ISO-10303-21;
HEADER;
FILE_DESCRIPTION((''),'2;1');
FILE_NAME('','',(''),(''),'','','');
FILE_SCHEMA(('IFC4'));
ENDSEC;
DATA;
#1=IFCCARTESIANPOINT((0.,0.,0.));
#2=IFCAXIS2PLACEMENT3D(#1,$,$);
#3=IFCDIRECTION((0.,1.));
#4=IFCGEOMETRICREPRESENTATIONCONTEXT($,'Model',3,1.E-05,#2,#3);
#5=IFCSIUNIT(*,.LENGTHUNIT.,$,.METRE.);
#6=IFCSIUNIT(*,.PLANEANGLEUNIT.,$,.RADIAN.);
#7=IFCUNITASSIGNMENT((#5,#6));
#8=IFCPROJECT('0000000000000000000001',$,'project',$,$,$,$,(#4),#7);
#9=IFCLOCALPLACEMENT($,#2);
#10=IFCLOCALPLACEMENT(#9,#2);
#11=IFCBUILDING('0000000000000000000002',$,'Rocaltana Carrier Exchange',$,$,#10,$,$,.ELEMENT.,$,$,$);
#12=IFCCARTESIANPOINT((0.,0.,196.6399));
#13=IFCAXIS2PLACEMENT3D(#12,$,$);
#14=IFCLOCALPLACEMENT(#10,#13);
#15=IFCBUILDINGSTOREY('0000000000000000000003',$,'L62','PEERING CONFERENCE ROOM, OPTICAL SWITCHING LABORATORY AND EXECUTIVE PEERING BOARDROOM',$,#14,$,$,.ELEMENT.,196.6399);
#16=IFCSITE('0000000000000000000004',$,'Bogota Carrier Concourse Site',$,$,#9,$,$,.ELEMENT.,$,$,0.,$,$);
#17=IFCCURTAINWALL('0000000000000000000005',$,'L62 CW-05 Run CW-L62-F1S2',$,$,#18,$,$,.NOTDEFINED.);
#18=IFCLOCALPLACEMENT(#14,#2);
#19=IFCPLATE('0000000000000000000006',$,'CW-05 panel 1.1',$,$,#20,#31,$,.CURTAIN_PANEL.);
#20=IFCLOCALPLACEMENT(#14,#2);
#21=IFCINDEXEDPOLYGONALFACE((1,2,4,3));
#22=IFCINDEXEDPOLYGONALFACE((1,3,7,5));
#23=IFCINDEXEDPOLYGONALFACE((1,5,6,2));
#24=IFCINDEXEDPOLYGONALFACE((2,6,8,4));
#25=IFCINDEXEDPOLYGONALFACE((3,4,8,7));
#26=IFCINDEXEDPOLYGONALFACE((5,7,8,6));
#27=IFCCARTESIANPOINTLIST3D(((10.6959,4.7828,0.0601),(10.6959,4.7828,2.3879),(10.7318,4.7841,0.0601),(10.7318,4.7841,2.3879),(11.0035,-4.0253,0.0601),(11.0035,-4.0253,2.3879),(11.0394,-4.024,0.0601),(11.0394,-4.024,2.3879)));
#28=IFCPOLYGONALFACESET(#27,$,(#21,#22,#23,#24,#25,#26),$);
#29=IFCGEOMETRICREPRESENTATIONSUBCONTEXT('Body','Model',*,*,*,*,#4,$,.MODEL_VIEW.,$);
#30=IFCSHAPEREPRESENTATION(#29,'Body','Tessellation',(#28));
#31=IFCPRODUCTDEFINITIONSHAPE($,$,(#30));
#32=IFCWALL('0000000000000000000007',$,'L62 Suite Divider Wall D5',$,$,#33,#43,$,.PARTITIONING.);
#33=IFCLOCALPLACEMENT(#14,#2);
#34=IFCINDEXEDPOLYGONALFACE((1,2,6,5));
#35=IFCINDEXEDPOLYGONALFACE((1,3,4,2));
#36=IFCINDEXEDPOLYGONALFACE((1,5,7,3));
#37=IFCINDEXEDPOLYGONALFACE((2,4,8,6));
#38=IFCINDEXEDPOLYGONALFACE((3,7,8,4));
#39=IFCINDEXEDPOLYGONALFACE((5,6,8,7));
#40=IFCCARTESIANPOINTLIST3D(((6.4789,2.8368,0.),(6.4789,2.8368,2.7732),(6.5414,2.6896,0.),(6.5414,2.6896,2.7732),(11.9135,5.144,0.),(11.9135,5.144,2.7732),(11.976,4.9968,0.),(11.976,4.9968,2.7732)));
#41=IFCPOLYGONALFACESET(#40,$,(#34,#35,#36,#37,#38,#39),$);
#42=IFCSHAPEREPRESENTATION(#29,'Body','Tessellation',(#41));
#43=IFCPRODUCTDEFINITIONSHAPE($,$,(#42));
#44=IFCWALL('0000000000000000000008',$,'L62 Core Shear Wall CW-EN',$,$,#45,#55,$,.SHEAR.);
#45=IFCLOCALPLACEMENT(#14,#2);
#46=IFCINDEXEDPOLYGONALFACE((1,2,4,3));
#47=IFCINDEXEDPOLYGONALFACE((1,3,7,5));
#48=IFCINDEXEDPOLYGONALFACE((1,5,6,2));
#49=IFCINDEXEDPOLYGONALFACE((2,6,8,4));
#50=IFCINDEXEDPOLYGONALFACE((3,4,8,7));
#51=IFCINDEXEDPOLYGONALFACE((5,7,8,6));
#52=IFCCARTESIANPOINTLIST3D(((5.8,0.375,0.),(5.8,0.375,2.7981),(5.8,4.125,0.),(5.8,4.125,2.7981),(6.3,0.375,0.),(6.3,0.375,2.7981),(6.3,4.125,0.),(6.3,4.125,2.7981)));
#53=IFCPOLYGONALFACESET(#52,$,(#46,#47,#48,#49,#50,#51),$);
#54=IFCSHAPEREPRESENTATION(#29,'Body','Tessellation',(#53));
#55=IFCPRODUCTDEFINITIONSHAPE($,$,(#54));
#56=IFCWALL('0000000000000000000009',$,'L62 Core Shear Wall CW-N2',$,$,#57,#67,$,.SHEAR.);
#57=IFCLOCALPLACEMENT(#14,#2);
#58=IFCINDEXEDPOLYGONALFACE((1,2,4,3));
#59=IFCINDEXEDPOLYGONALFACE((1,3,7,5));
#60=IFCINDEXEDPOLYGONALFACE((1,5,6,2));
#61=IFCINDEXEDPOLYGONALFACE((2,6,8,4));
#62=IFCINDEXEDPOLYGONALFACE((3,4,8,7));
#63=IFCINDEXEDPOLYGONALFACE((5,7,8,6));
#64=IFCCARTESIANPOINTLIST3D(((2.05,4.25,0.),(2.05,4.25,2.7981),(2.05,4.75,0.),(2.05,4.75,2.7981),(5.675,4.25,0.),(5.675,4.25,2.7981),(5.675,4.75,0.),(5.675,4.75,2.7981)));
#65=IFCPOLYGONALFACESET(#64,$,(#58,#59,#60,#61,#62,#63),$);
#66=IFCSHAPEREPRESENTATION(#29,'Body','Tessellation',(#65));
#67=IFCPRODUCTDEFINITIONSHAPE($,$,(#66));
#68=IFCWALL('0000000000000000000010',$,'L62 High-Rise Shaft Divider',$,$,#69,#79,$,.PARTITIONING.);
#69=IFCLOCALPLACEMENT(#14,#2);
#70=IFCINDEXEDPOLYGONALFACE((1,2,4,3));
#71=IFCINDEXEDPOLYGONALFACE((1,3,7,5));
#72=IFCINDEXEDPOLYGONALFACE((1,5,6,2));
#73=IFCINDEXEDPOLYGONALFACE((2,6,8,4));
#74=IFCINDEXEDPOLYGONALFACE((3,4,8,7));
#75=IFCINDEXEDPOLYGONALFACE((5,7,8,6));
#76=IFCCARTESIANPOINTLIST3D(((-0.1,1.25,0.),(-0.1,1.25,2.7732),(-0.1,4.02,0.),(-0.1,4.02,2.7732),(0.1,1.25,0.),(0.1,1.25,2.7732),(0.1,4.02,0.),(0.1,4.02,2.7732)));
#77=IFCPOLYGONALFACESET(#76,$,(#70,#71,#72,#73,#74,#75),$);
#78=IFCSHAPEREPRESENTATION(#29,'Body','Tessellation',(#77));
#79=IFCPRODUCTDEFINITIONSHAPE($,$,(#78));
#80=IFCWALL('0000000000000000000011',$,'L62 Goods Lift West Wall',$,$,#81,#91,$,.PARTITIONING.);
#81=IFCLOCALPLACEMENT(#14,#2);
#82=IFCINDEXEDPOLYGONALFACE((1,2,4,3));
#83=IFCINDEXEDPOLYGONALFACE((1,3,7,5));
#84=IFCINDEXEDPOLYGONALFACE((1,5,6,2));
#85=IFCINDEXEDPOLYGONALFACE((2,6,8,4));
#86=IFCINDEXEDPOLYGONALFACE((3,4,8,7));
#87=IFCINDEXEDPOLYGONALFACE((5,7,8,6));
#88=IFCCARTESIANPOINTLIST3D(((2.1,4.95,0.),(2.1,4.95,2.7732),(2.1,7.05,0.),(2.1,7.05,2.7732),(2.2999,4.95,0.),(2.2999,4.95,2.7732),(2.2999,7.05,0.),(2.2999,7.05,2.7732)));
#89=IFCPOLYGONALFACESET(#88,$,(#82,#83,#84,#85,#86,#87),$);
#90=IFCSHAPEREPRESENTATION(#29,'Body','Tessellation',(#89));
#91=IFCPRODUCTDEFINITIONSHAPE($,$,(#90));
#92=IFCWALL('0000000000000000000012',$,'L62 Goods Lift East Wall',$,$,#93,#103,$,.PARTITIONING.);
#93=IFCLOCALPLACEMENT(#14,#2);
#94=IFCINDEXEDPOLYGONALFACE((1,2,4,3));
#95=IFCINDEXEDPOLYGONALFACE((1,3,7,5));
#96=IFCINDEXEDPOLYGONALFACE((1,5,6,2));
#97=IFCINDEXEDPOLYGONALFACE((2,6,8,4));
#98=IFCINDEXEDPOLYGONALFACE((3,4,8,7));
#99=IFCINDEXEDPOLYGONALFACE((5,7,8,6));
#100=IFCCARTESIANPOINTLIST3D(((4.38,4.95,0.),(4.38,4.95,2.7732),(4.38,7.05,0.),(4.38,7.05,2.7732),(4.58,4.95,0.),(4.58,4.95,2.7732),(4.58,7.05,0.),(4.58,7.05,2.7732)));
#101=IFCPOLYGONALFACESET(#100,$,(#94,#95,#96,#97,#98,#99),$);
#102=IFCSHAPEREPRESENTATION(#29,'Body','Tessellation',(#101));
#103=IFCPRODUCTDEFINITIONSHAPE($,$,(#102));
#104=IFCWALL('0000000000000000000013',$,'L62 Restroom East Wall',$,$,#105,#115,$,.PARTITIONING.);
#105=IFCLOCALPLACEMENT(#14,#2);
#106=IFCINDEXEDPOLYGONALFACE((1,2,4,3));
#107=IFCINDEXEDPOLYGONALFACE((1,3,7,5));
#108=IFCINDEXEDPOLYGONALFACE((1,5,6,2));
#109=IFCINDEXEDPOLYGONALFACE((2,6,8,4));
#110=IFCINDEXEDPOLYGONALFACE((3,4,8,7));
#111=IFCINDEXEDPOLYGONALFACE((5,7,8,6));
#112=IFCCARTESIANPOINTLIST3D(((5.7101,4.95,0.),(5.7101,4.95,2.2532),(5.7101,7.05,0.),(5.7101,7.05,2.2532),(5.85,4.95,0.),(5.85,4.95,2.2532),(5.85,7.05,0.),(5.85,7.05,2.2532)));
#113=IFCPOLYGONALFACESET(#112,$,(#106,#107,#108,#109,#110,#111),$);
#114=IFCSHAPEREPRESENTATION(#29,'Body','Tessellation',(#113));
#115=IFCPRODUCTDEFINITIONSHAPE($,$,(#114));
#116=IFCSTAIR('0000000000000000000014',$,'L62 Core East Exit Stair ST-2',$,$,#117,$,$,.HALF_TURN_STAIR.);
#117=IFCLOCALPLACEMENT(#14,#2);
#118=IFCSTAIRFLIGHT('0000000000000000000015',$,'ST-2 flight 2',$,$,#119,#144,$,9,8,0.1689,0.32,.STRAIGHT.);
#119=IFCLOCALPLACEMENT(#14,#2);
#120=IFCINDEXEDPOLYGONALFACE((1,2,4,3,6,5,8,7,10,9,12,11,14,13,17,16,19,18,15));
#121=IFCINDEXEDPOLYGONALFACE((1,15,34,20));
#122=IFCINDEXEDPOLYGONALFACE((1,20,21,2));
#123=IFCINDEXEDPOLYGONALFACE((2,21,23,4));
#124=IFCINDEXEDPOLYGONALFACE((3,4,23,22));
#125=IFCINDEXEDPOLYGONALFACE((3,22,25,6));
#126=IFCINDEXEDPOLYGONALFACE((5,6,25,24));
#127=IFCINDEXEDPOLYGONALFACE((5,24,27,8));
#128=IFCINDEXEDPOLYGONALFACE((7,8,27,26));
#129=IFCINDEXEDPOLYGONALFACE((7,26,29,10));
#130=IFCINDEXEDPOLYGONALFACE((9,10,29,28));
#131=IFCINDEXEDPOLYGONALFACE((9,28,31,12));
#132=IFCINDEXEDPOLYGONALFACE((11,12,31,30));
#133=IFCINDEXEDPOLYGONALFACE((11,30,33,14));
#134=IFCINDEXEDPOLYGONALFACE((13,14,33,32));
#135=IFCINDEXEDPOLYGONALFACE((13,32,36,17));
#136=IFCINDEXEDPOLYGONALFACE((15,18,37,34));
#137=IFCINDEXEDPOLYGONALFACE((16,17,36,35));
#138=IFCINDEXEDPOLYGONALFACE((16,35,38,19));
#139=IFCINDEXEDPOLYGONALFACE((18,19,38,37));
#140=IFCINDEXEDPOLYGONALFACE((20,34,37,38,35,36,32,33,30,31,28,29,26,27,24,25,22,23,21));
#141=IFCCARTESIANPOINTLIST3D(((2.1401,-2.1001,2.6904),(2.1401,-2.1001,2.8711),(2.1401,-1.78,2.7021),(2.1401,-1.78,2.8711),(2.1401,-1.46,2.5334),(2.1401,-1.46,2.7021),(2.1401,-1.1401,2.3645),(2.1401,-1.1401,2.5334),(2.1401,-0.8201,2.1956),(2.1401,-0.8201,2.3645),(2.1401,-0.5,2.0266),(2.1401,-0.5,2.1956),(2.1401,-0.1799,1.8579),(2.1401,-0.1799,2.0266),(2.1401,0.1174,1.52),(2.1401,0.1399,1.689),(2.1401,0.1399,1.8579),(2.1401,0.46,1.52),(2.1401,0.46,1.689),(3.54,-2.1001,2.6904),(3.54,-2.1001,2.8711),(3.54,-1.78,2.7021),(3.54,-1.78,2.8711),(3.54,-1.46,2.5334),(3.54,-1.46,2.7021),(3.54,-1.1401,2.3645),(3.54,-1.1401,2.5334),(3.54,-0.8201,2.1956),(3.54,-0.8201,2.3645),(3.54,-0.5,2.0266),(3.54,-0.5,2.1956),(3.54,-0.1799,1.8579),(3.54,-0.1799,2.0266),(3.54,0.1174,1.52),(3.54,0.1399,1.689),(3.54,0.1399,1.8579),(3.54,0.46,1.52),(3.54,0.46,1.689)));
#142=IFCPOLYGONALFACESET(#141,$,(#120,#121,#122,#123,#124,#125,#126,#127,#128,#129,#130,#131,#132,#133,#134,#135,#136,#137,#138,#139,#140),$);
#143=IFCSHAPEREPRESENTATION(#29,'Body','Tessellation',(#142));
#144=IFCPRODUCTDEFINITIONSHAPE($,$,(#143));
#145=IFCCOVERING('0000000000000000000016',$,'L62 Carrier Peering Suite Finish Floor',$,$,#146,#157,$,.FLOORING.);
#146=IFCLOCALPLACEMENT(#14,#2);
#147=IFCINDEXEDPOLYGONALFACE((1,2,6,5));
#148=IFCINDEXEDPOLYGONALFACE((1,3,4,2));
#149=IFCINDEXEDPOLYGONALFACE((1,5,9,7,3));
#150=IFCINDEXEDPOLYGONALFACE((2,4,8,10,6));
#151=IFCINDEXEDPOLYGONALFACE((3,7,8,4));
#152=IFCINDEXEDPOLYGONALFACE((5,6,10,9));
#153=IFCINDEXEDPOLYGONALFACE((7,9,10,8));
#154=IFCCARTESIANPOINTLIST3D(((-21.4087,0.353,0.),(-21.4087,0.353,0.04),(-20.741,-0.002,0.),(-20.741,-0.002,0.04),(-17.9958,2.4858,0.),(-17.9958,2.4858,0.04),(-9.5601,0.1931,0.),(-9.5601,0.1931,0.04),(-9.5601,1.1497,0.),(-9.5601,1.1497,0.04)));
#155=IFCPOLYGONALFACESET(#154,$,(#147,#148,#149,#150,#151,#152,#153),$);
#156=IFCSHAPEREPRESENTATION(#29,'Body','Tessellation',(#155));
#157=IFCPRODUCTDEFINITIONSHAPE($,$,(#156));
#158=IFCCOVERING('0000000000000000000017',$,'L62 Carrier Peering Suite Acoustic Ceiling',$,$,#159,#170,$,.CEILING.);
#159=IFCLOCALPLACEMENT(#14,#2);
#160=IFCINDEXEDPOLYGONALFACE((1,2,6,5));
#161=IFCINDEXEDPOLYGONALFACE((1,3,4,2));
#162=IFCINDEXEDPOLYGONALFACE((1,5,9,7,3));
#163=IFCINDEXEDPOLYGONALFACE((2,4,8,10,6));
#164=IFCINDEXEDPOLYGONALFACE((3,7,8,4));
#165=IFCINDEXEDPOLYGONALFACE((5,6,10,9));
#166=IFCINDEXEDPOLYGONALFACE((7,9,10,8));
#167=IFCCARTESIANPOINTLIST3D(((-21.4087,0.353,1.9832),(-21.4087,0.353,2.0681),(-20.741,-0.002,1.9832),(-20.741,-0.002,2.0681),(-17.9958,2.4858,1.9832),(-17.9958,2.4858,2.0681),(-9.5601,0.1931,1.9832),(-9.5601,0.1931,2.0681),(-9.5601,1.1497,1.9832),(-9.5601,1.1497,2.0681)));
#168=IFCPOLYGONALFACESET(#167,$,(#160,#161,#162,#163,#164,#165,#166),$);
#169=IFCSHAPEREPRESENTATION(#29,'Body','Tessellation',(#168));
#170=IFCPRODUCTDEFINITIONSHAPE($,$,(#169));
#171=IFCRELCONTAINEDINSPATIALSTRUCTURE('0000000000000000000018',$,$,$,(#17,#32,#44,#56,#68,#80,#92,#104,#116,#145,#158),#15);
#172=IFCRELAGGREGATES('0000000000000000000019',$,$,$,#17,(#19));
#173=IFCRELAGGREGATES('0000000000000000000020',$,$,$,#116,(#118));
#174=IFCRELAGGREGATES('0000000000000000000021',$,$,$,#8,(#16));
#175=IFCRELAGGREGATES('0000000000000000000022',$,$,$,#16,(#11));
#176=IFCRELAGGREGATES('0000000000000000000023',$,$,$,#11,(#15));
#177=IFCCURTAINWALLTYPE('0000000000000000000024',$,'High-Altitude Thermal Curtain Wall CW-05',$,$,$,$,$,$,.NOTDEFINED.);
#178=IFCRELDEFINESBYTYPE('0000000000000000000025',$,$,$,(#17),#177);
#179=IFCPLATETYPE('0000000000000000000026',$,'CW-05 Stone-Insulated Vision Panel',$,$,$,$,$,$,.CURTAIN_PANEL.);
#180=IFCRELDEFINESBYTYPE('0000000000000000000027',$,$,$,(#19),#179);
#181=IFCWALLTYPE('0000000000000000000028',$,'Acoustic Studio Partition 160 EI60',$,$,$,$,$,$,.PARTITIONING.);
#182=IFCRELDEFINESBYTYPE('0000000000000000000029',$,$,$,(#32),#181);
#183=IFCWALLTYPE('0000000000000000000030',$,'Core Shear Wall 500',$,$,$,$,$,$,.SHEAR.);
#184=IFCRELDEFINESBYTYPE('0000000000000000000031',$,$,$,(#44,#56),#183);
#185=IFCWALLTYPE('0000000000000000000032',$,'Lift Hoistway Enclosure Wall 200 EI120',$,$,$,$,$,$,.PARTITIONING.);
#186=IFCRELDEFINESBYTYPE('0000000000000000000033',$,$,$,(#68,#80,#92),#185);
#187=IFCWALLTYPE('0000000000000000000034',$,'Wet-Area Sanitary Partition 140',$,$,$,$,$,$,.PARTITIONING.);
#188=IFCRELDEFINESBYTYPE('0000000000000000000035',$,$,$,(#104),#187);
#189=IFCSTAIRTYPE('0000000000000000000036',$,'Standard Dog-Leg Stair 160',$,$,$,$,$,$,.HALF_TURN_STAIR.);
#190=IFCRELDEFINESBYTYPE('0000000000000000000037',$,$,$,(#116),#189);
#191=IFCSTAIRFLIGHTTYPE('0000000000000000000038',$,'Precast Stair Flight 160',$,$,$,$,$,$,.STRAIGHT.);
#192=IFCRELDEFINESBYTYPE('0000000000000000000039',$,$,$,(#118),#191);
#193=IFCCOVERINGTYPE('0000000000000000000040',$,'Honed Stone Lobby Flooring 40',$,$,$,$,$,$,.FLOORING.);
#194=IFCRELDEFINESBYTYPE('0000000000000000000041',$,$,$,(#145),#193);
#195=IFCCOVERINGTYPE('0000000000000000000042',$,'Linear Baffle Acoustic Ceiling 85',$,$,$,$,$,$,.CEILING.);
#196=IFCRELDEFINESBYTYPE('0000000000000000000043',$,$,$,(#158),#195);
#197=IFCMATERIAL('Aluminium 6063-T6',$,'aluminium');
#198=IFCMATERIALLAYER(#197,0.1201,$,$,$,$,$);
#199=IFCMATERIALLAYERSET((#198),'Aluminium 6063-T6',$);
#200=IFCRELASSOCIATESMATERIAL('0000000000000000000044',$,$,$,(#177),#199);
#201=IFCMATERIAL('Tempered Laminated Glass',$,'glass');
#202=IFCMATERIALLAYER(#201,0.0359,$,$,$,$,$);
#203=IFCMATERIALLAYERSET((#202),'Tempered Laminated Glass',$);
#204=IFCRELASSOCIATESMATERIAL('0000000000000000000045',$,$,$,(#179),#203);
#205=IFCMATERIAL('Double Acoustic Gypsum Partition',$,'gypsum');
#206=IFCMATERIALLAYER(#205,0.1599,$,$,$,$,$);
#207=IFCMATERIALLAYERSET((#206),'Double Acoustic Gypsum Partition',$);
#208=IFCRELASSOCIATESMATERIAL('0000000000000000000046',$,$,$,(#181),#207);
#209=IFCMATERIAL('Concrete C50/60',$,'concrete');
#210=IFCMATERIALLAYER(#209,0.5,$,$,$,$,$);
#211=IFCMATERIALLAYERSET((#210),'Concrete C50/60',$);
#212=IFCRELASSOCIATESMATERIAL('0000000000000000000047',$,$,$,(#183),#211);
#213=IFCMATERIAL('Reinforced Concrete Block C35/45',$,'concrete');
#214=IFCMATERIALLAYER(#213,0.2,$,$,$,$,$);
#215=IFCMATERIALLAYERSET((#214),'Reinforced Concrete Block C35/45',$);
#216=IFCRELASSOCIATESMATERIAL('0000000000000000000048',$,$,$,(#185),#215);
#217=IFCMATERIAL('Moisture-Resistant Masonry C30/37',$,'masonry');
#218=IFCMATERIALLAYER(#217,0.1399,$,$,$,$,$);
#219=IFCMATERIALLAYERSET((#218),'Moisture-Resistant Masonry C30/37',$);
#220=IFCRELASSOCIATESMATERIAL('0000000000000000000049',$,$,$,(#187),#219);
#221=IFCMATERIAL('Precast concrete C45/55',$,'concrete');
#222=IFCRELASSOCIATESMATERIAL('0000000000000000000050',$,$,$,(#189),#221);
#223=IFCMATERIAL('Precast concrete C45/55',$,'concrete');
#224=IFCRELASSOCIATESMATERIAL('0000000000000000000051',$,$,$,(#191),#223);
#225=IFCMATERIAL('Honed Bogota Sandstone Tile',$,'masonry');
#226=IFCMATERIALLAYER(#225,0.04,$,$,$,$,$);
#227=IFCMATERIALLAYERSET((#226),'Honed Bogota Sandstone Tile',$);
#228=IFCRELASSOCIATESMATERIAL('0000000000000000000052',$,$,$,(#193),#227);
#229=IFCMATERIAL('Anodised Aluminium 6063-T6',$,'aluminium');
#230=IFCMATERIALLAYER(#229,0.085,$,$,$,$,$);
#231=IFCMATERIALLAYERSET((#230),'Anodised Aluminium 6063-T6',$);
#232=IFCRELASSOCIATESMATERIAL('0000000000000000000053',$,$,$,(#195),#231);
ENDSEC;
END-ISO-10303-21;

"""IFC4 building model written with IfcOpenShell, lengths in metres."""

from ifc_helpers import new_model, si_unit, direction, frame, frame_2d, origin, origin_2d, place, context, subcontext, project, spatial, polyline, rectangle, outline, extrude, material, layer, layer_set, type_object, element, aggregate, save


model = new_model("IFC4")

# Units and contexts
model_context = context("Model", 3, precision=1e-05, world=origin(), true_north=direction((0.0, 1.0)))
body_context = subcontext(model_context, "Body", "Model", "MODEL_VIEW")
ifc_project = project(units=[si_unit("LENGTHUNIT", "METRE"), si_unit("PLANEANGLEUNIT", "RADIAN")], contexts=[model_context])

# Site, building, storey
site_placement = place(None, origin())
site = spatial("IfcSite", under=ifc_project, at=site_placement, Name="Bogota Carrier Concourse Site", CompositionType="ELEMENT", RefElevation=0.0)
building_placement = place(site_placement, origin())
building = spatial("IfcBuilding", under=site, at=building_placement, Name="Rocaltana Carrier Exchange", CompositionType="ELEMENT")
storey_placement = place(building_placement, frame((0.0, 0.0, 196.6399)))
storey = spatial("IfcBuildingStorey", under=building, at=storey_placement, Name="L62", Description="PEERING CONFERENCE ROOM, OPTICAL SWITCHING LABORATORY AND EXECUTIVE PEERING BOARDROOM", CompositionType="ELEMENT", Elevation=196.6399)

# Curtain wall
ifc_material_1 = material(Name="Aluminium 6063-T6", Category="aluminium")
ifc_layer_1 = layer(ifc_material_1, 0.1201)
ifc_layer_set_1 = layer_set([ifc_layer_1], Name="Aluminium 6063-T6")
curtain_wall_type = type_object("IfcCurtainWallType", Name="High-Altitude Thermal Curtain Wall CW-05", PredefinedType="NOTDEFINED", material=ifc_layer_set_1)
curtain_wall_placement = place(storey_placement, origin())
curtain_wall = element("IfcCurtainWall", 1, at=curtain_wall_placement, inside=storey, type_object=curtain_wall_type, Name="L62 CW-05 Run CW-L62-F1S2", PredefinedType="NOTDEFINED")

# Plate
ifc_material_2 = material(Name="Tempered Laminated Glass", Category="glass")
ifc_layer_2 = layer(ifc_material_2, 0.0359)
ifc_layer_set_2 = layer_set([ifc_layer_2], Name="Tempered Laminated Glass")
plate_type = type_object("IfcPlateType", Name="CW-05 Stone-Insulated Vision Panel", PredefinedType="CURTAIN_PANEL", material=ifc_layer_set_2)
plate_placement = place(storey_placement, frame((10.8677, 0.3794, 0.0601), z_axis=(0.0, 0.0, 1.0), x_axis=(-0.034903, 0.999391, 0.0)))
plate = element("IfcPlate", 2, at=plate_placement, type_object=plate_type, Name="CW-05 panel 1.1", PredefinedType="CURTAIN_PANEL", context=body_context, shape_type="SweptSolid", body=[
    extrude(rectangle(XDim=8.8135, YDim=0.0359, at=origin_2d()), origin(), (0.0, 0.0, 1.0), 2.3279),
])
aggregate(curtain_wall, [plate])

# Walls
ifc_material_3 = material(Name="Double Acoustic Gypsum Partition", Category="gypsum")
ifc_layer_3 = layer(ifc_material_3, 0.1599)
ifc_layer_set_3 = layer_set([ifc_layer_3], Name="Double Acoustic Gypsum Partition")
wall_type_1 = type_object("IfcWallType", Name="Acoustic Studio Partition 160 EI60", PredefinedType="PARTITIONING", material=ifc_layer_set_3)
wall_1_placement = place(storey_placement, frame((6.51, 2.7632, 0.0), z_axis=(0.0, 0.0, 1.0), x_axis=(0.920487, 0.390773, 0.0)))
element("IfcWall", 3, at=wall_1_placement, inside=storey, type_object=wall_type_1, Name="L62 Suite Divider Wall D5", PredefinedType="PARTITIONING", context=body_context, shape_type="SweptSolid", body=[
    extrude(rectangle(XDim=5.9041, YDim=0.1599, at=frame_2d((2.9521, 0.0))), origin(), (0.0, 0.0, 1.0), 2.7732),
])
ifc_material_4 = material(Name="Concrete C50/60", Category="concrete")
ifc_layer_4 = layer(ifc_material_4, 0.5)
ifc_layer_set_4 = layer_set([ifc_layer_4], Name="Concrete C50/60")
wall_type_2 = type_object("IfcWallType", Name="Core Shear Wall 500", PredefinedType="SHEAR", material=ifc_layer_set_4)
wall_2_placement = place(storey_placement, frame((6.05, 0.375, 0.0), z_axis=(0.0, 0.0, 1.0), x_axis=(0.0, 1.0, 0.0)))
element("IfcWall", 4, at=wall_2_placement, inside=storey, type_object=wall_type_2, Name="L62 Core Shear Wall CW-EN", PredefinedType="SHEAR", context=body_context, shape_type="SweptSolid", body=[
    extrude(rectangle(XDim=3.75, YDim=0.5, at=frame_2d((1.875, 0.0))), origin(), (0.0, 0.0, 1.0), 2.7981),
])
wall_3_placement = place(storey_placement, frame((2.05, 4.5, 0.0), z_axis=(0.0, 0.0, 1.0), x_axis=(1.0, 0.0, 0.0)))
element("IfcWall", 5, at=wall_3_placement, inside=storey, type_object=wall_type_2, Name="L62 Core Shear Wall CW-N2", PredefinedType="SHEAR", context=body_context, shape_type="SweptSolid", body=[
    extrude(rectangle(XDim=3.625, YDim=0.5, at=frame_2d((1.8125, 0.0))), origin(), (0.0, 0.0, 1.0), 2.7981),
])
ifc_material_5 = material(Name="Reinforced Concrete Block C35/45", Category="concrete")
ifc_layer_5 = layer(ifc_material_5, 0.2)
ifc_layer_set_5 = layer_set([ifc_layer_5], Name="Reinforced Concrete Block C35/45")
wall_type_3 = type_object("IfcWallType", Name="Lift Hoistway Enclosure Wall 200 EI120", PredefinedType="PARTITIONING", material=ifc_layer_set_5)
wall_4_placement = place(storey_placement, frame((0.0, 1.25, 0.0), z_axis=(0.0, 0.0, 1.0), x_axis=(0.0, 1.0, 0.0)))
element("IfcWall", 6, at=wall_4_placement, inside=storey, type_object=wall_type_3, Name="L62 High-Rise Shaft Divider", PredefinedType="PARTITIONING", context=body_context, shape_type="SweptSolid", body=[
    extrude(rectangle(XDim=2.77, YDim=0.2, at=frame_2d((1.385, 0.0))), origin(), (0.0, 0.0, 1.0), 2.7732),
])
for number, where, z_axis, x_axis, name in (
    (7, (2.2, 4.95, 0.0), (0.0, 0.0, 1.0), (0.0, 1.0, 0.0), "L62 Goods Lift West Wall"),
    (8, (4.48, 4.95, 0.0), (0.0, 0.0, 1.0), (0.0, 1.0, 0.0), "L62 Goods Lift East Wall"),
):
    element("IfcWall", number, at=place(storey_placement, frame(where, z_axis=z_axis, x_axis=x_axis)), inside=storey, type_object=wall_type_3, Name=name, PredefinedType="PARTITIONING", context=body_context, shape_type="SweptSolid", body=[
        extrude(rectangle(XDim=2.1001, YDim=0.2, at=frame_2d((1.05, 0.0))), origin(), (0.0, 0.0, 1.0), 2.7732),
    ])
ifc_material_6 = material(Name="Moisture-Resistant Masonry C30/37", Category="masonry")
ifc_layer_6 = layer(ifc_material_6, 0.1399)
ifc_layer_set_6 = layer_set([ifc_layer_6], Name="Moisture-Resistant Masonry C30/37")
wall_type_4 = type_object("IfcWallType", Name="Wet-Area Sanitary Partition 140", PredefinedType="PARTITIONING", material=ifc_layer_set_6)
wall_5_placement = place(storey_placement, frame((5.78, 4.95, 0.0), z_axis=(0.0, 0.0, 1.0), x_axis=(0.0, 1.0, 0.0)))
element("IfcWall", 9, at=wall_5_placement, inside=storey, type_object=wall_type_4, Name="L62 Restroom East Wall", PredefinedType="PARTITIONING", context=body_context, shape_type="SweptSolid", body=[
    extrude(rectangle(XDim=2.1001, YDim=0.1399, at=frame_2d((1.05, 0.0))), origin(), (0.0, 0.0, 1.0), 2.2532),
])

# Stair, stair flight
ifc_material_7 = material(Name="Precast concrete C45/55", Category="concrete")
stair_type = type_object("IfcStairType", Name="Standard Dog-Leg Stair 160", PredefinedType="HALF_TURN_STAIR", material=ifc_material_7)
stair_placement = place(storey_placement, origin())
stair = element("IfcStair", 10, at=stair_placement, inside=storey, type_object=stair_type, Name="L62 Core East Exit Stair ST-2", PredefinedType="HALF_TURN_STAIR")
ifc_material_8 = material(Name="Precast concrete C45/55", Category="concrete")
stair_flight_type = type_object("IfcStairFlightType", Name="Precast Stair Flight 160", PredefinedType="STRAIGHT", material=ifc_material_8)
stair_flight_placement = place(storey_placement, frame((2.8401, 0.46, 1.52), z_axis=(0.0, 0.0, 1.0), x_axis=(0.0, -1.0, 0.0)))
stair_flight = element("IfcStairFlight", 11, at=stair_flight_placement, type_object=stair_flight_type, Name="ST-2 flight 2", NumberOfRisers=9, NumberOfTreads=8, PredefinedType="STRAIGHT", RiserHeight=0.1689, TreadLength=0.32, context=body_context, shape_type="SweptSolid", body=[
    extrude(outline(polyline([(0.0, 0.0), (0.0, 0.1689), (0.3201, 0.1689), (0.3201, 0.3379), (0.6399, 0.3379), (0.6399, 0.5066), (0.96, 0.5066), (0.96, 0.6755), (1.28, 0.6755), (1.28, 0.8445), (1.6001, 0.8445), (1.6001, 1.0134), (1.9199, 1.0134), (1.9199, 1.1821), (2.24, 1.1821), (2.24, 1.3511), (2.5601, 1.3511), (2.5601, 1.52), (2.5601, 1.1704), (0.3425, 0.0), (0.0, 0.0)])), frame((0.0, 0.7, 0.0), z_axis=(0.0, -1.0, 0.0), x_axis=(1.0, 0.0, 0.0)), (0.0, 0.0, 1.0), 1.3999),
])
aggregate(stair, [stair_flight])

# Coverings
ifc_material_9 = material(Name="Honed Bogota Sandstone Tile", Category="masonry")
ifc_layer_7 = layer(ifc_material_9, 0.04)
ifc_layer_set_7 = layer_set([ifc_layer_7], Name="Honed Bogota Sandstone Tile")
covering_type_1 = type_object("IfcCoveringType", Name="Honed Stone Lobby Flooring 40", PredefinedType="FLOORING", material=ifc_layer_set_7)
covering_1_placement = place(storey_placement, origin())
element("IfcCovering", 12, at=covering_1_placement, inside=storey, type_object=covering_type_1, Name="L62 Carrier Peering Suite Finish Floor", PredefinedType="FLOORING", context=body_context, shape_type="SweptSolid", body=[
    extrude(outline(polyline([(-21.4087, 0.353), (-17.9958, 2.4858), (-9.5601, 1.1497), (-9.5601, 0.1931), (-20.741, -0.002), (-21.4087, 0.353)])), origin(), (0.0, 0.0, 1.0), 0.04),
])
ifc_material_10 = material(Name="Anodised Aluminium 6063-T6", Category="aluminium")
ifc_layer_8 = layer(ifc_material_10, 0.085)
ifc_layer_set_8 = layer_set([ifc_layer_8], Name="Anodised Aluminium 6063-T6")
covering_type_2 = type_object("IfcCoveringType", Name="Linear Baffle Acoustic Ceiling 85", PredefinedType="CEILING", material=ifc_layer_set_8)
covering_2_placement = place(storey_placement, frame((0.0, 0.0, 1.9832)))
element("IfcCovering", 13, at=covering_2_placement, inside=storey, type_object=covering_type_2, Name="L62 Carrier Peering Suite Acoustic Ceiling", PredefinedType="CEILING", context=body_context, shape_type="SweptSolid", body=[
    extrude(outline(polyline([(-21.4087, 0.353), (-17.9958, 2.4858), (-9.5601, 1.1497), (-9.5601, 0.1931), (-20.741, -0.002), (-21.4087, 0.353)])), origin(), (0.0, 0.0, 1.0), 0.085),
])

save(model, "model.ifc")
